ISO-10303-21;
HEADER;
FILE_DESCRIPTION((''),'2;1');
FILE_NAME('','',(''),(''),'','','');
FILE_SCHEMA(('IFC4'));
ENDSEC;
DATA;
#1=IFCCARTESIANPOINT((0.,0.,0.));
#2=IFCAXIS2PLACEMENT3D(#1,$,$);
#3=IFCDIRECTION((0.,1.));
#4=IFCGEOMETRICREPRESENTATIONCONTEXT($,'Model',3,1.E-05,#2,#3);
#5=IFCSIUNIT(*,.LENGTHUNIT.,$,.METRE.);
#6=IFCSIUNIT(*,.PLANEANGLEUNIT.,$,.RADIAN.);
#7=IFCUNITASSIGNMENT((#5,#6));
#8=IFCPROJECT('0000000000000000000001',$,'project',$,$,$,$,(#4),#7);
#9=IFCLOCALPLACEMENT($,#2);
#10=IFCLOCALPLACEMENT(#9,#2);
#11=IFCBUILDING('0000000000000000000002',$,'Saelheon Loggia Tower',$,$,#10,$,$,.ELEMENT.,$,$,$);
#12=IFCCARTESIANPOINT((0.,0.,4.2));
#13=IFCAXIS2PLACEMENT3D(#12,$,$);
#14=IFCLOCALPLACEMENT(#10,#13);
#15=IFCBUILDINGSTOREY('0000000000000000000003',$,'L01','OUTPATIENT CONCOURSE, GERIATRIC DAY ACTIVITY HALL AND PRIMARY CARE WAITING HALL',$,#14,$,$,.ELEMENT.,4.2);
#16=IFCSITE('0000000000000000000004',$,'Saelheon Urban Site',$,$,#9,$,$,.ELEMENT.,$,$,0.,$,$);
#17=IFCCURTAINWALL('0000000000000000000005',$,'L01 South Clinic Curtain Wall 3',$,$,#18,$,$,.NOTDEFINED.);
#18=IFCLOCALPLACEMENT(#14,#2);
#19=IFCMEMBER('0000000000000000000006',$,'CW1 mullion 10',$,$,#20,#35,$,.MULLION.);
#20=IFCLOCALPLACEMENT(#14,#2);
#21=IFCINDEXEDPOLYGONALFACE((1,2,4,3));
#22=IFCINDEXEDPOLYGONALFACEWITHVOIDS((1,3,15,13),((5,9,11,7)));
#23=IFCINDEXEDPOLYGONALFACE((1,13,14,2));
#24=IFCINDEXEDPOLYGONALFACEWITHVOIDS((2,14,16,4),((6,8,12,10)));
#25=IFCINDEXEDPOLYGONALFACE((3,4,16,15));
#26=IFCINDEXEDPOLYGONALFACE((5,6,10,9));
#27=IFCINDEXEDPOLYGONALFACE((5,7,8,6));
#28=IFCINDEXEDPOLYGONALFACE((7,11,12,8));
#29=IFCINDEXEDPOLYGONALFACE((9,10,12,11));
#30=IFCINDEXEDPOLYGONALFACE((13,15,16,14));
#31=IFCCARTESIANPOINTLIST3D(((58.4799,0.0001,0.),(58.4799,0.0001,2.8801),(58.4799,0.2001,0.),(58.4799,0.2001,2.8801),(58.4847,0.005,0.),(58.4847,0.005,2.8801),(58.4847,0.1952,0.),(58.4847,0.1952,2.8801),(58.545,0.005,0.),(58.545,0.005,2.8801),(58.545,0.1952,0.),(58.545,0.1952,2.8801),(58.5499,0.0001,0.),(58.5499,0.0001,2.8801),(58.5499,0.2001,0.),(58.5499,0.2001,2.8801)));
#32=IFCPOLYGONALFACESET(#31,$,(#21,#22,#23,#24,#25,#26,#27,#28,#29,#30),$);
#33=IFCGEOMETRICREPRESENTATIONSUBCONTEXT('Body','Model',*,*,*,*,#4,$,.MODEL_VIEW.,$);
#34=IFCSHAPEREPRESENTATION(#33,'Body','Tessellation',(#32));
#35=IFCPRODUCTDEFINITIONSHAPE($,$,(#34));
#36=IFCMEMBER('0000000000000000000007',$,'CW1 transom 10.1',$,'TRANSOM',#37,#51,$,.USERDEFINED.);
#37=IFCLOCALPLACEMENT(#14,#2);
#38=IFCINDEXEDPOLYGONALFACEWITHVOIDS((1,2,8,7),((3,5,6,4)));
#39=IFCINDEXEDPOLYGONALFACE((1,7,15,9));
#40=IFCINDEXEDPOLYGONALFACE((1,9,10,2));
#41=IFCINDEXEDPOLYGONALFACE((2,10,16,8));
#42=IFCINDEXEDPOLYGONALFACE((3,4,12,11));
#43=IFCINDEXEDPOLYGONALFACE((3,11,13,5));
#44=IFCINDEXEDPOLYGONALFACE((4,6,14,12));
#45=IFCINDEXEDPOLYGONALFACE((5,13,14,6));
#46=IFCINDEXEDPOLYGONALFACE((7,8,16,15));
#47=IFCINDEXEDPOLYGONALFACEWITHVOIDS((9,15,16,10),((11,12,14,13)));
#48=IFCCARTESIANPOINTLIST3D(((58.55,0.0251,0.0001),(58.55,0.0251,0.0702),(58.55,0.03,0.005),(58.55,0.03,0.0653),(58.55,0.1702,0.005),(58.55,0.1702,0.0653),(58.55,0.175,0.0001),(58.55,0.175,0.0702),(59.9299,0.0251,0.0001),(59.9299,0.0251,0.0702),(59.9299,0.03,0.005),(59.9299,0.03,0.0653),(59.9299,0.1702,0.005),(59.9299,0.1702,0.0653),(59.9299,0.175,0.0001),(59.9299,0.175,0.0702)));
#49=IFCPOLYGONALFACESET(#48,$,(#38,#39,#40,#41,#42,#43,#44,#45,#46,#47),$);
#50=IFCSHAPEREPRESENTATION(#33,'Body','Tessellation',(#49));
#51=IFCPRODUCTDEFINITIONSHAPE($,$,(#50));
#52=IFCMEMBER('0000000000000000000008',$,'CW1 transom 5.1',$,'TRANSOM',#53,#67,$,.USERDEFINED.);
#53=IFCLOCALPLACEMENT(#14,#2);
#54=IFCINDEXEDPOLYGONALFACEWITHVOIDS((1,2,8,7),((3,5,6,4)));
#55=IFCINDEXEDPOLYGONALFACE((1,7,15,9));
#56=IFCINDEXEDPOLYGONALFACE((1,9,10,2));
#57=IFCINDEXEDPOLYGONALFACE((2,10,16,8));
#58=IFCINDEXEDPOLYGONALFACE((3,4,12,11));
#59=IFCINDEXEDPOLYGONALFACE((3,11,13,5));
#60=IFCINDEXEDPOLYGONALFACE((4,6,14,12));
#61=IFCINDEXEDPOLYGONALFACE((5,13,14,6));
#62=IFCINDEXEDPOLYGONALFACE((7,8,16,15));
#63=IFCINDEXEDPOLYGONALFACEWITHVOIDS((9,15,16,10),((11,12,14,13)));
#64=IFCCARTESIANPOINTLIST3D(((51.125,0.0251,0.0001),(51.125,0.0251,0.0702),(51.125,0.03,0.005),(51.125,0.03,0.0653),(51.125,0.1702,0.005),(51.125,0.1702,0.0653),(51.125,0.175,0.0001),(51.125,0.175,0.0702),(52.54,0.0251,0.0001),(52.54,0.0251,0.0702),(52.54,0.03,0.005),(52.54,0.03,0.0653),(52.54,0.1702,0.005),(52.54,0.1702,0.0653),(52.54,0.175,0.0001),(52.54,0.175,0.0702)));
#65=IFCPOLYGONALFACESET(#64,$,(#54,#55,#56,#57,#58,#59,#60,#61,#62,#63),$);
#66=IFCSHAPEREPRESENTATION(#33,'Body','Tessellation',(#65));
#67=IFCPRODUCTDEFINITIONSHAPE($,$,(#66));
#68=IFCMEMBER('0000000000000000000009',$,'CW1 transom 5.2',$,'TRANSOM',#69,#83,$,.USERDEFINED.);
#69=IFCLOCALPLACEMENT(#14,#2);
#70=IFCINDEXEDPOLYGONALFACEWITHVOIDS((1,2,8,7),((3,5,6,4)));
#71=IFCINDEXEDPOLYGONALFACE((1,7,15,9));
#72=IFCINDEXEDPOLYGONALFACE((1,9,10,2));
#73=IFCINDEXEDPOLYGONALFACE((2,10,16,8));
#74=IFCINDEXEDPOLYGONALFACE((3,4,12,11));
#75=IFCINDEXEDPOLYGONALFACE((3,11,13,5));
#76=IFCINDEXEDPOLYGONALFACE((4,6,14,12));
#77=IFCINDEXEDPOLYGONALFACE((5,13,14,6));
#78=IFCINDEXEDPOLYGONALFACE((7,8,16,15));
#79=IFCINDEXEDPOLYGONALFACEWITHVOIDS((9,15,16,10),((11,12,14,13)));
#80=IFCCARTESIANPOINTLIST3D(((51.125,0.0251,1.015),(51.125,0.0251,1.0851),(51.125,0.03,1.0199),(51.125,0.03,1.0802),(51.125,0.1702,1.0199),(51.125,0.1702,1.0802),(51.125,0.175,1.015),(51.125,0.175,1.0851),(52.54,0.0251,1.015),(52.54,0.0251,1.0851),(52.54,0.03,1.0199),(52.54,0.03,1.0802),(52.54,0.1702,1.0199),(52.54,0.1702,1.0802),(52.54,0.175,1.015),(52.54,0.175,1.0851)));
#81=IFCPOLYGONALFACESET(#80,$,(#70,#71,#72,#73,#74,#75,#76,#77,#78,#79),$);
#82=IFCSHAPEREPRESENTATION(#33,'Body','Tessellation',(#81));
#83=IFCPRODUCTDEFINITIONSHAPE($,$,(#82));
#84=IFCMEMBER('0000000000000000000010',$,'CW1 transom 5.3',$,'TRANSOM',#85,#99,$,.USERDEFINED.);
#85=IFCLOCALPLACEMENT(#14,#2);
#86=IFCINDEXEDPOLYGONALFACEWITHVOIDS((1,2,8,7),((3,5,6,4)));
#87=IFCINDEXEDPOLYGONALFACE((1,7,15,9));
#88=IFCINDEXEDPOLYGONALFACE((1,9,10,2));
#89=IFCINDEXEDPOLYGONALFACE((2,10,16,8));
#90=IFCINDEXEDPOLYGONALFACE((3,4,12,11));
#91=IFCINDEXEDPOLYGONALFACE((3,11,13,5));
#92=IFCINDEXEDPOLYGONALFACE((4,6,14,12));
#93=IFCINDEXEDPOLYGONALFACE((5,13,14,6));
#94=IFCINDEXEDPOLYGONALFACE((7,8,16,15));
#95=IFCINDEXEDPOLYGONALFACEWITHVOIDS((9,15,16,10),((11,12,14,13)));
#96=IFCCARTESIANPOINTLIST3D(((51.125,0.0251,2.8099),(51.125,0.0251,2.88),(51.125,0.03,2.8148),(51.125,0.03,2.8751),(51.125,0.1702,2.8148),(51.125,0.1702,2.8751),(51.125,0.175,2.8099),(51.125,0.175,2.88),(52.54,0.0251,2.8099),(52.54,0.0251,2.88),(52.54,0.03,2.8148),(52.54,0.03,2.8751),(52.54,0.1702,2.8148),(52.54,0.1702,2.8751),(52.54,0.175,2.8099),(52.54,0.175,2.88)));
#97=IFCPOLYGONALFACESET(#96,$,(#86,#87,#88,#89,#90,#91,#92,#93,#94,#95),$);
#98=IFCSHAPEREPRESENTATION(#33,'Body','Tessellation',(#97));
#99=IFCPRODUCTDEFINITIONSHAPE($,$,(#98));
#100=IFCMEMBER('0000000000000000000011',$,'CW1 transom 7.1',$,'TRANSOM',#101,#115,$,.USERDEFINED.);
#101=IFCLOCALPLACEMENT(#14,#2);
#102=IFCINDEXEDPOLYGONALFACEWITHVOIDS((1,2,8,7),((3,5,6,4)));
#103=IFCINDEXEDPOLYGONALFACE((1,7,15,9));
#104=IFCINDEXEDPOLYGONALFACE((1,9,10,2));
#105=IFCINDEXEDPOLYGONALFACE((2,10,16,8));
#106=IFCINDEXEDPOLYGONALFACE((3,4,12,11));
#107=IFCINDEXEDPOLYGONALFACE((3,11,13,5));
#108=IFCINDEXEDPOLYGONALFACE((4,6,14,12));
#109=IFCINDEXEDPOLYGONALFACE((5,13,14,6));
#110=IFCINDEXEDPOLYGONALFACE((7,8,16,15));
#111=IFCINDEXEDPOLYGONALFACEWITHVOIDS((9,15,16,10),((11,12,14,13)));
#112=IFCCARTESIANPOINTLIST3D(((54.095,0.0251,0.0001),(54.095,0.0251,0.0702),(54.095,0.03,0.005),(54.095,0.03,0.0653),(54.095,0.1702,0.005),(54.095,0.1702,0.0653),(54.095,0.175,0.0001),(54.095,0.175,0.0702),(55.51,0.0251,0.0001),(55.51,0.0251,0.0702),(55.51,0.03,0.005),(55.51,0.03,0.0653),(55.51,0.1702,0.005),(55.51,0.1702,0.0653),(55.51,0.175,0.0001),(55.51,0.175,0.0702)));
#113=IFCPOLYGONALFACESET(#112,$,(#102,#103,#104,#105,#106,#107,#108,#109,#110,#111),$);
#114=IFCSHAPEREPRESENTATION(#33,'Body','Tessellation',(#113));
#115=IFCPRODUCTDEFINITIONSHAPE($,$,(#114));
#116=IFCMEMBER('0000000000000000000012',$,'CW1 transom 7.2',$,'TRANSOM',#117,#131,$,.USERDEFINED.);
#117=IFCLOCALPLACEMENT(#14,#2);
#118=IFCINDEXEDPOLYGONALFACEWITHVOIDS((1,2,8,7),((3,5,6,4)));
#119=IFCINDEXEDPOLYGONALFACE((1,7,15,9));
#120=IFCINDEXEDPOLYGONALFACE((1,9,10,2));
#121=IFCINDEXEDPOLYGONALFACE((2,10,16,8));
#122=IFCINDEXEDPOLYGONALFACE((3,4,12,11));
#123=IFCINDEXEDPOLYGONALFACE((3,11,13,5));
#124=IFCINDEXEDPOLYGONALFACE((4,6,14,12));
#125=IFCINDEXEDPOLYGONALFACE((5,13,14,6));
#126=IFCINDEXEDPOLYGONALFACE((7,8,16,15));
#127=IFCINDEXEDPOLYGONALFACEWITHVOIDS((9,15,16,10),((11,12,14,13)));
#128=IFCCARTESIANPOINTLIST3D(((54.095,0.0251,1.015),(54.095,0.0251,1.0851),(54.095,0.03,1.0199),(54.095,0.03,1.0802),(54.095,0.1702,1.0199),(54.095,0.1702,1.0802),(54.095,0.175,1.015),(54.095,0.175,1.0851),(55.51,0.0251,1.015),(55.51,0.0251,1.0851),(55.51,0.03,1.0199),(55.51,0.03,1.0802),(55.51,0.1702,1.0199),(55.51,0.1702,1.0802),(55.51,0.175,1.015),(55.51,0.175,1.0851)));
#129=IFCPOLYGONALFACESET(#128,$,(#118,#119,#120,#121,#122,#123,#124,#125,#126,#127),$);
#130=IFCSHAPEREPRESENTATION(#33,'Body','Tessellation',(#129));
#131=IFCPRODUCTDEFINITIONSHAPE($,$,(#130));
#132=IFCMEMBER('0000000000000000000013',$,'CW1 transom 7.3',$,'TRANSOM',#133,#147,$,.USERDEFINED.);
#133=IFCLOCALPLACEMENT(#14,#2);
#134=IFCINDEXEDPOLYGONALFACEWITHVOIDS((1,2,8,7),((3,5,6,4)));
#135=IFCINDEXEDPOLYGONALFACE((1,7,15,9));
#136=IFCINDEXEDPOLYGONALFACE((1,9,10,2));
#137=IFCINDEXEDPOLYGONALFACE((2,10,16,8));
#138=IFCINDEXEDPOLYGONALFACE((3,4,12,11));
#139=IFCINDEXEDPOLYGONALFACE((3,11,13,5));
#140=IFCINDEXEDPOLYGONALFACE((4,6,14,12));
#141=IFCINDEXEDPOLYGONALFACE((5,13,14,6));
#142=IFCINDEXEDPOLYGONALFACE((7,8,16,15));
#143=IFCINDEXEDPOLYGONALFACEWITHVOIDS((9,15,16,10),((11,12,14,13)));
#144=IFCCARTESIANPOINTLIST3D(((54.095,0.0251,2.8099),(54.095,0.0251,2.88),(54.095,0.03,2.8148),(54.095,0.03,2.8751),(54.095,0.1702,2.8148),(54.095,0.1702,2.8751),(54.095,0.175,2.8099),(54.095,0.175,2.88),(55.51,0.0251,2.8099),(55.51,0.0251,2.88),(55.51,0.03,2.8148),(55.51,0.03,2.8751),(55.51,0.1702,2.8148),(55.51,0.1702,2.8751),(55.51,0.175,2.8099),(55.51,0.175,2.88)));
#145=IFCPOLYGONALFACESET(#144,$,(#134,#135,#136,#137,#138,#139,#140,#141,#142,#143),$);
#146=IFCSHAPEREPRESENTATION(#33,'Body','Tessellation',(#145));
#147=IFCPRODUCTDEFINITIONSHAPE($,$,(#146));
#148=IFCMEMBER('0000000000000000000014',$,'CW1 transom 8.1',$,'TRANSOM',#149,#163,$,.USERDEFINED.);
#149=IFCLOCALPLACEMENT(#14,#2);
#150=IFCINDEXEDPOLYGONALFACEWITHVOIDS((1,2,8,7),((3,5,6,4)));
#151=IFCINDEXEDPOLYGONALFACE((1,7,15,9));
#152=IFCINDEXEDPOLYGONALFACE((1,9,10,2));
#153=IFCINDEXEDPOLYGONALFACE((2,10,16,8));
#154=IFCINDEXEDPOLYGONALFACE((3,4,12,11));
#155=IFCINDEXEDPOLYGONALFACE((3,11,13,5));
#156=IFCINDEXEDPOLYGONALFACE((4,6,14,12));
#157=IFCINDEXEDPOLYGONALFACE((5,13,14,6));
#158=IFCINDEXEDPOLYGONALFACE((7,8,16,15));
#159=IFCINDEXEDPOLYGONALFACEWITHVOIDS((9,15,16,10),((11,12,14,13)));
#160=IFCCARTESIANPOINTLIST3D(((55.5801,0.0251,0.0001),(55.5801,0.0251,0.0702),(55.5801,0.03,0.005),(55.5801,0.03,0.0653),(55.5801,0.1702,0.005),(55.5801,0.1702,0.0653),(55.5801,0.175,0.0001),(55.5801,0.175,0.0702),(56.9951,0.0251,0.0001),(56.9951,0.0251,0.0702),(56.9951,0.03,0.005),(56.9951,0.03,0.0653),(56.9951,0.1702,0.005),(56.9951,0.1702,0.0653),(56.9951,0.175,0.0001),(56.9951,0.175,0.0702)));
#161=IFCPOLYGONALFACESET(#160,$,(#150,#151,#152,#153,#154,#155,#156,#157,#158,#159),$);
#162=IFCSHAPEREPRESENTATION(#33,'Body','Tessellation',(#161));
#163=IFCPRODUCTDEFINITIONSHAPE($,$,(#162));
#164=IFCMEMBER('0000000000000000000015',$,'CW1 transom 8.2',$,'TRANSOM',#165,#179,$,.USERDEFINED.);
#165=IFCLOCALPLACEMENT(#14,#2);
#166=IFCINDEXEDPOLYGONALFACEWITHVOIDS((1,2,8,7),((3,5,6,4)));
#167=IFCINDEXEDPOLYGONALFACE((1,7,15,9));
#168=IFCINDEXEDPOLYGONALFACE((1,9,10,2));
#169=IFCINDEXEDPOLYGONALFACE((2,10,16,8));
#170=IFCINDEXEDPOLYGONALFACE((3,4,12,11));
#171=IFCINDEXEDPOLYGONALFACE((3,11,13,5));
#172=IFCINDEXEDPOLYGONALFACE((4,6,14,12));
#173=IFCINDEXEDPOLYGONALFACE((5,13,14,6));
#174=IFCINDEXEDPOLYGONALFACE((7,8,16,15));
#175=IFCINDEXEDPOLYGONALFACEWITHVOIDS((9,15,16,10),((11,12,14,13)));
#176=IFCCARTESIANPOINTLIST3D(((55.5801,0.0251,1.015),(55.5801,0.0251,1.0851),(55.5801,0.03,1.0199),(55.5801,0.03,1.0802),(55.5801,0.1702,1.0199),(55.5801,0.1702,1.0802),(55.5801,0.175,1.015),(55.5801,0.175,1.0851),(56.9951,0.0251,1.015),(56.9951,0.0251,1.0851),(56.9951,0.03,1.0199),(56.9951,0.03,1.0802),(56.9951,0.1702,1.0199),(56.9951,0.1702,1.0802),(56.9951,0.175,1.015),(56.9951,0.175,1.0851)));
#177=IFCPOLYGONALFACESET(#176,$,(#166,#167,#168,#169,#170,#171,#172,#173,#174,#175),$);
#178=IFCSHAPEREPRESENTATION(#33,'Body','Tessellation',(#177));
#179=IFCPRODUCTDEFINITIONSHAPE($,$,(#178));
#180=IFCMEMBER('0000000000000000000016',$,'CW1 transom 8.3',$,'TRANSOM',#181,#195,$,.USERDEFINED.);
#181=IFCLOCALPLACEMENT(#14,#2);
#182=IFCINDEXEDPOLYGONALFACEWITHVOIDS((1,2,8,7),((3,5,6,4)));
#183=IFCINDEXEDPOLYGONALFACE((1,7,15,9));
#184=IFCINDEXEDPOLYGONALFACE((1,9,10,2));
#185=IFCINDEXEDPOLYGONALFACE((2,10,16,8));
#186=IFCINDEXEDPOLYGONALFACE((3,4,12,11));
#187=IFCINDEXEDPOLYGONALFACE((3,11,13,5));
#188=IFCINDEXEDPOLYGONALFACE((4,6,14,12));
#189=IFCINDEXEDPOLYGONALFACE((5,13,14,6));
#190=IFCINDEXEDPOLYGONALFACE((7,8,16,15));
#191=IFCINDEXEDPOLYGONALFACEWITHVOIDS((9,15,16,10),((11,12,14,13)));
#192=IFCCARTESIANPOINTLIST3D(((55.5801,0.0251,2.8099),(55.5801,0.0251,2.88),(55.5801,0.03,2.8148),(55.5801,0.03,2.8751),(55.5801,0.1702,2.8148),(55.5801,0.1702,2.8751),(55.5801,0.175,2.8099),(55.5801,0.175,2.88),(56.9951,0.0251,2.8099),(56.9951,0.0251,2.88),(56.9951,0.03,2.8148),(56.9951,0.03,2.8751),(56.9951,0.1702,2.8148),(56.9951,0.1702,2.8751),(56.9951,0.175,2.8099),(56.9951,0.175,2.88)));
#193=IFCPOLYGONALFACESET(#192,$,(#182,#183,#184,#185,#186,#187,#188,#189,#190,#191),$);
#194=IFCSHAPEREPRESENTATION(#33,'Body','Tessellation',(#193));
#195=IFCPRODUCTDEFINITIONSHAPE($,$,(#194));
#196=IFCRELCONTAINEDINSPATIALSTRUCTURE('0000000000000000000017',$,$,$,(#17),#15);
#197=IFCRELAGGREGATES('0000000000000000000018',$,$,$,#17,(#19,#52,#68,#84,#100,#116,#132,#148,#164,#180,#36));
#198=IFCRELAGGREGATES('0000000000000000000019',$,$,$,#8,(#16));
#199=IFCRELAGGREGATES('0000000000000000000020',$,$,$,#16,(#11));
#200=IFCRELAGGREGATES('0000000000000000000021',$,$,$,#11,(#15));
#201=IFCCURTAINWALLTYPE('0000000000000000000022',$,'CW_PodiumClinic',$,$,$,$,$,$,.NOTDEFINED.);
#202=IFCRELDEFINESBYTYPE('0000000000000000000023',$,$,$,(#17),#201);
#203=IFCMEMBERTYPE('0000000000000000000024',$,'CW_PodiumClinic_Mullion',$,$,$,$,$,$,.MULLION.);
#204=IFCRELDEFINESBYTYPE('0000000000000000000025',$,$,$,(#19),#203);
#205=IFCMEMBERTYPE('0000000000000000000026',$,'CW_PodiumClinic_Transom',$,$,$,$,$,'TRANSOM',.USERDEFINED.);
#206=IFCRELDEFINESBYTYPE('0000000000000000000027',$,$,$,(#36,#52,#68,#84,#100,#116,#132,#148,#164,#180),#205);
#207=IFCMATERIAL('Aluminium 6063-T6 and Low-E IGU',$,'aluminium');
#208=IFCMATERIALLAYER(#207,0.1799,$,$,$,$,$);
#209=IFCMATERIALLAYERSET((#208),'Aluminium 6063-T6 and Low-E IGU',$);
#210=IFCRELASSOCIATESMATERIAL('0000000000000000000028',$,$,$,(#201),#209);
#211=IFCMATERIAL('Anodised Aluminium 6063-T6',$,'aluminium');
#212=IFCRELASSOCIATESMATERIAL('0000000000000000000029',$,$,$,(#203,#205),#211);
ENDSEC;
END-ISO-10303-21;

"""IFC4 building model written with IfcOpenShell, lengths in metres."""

from ifc_helpers import new_model, si_unit, direction, frame, origin, origin_2d, place, context, subcontext, project, spatial, hollow_rectangle, extrude, source, transform, mapped, material, layer, layer_set, material_profile, profile_set, type_object, element, aggregate, save


model = new_model("IFC4")

# Units and contexts
model_context = context("Model", 3, precision=1e-05, world=origin(), true_north=direction((0.0, 1.0)))
body_context = subcontext(model_context, "Body", "Model", "MODEL_VIEW")
ifc_project = project(units=[si_unit("LENGTHUNIT", "METRE"), si_unit("PLANEANGLEUNIT", "RADIAN")], contexts=[model_context])

# Site, building, storey
site_placement = place(None, origin())
site = spatial("IfcSite", under=ifc_project, at=site_placement, Name="Saelheon Urban Site", CompositionType="ELEMENT", RefElevation=0.0)
building_placement = place(site_placement, origin())
building = spatial("IfcBuilding", under=site, at=building_placement, Name="Saelheon Loggia Tower", CompositionType="ELEMENT")
storey_placement = place(building_placement, frame((0.0, 0.0, 4.2)))
storey = spatial("IfcBuildingStorey", under=building, at=storey_placement, Name="L01", Description="OUTPATIENT CONCOURSE, GERIATRIC DAY ACTIVITY HALL AND PRIMARY CARE WAITING HALL", CompositionType="ELEMENT", Elevation=4.2)

# Curtain wall, members
ifc_material_1 = material(Name="Aluminium 6063-T6 and Low-E IGU", Category="aluminium")
ifc_layer_1 = layer(ifc_material_1, 0.1799)
ifc_layer_set_1 = layer_set([ifc_layer_1], Name="Aluminium 6063-T6 and Low-E IGU")
curtain_wall_type = type_object("IfcCurtainWallType", Name="CW_PodiumClinic", PredefinedType="NOTDEFINED", material=ifc_layer_set_1)
curtain_wall_placement = place(storey_placement, origin())
curtain_wall = element("IfcCurtainWall", 1, at=curtain_wall_placement, inside=storey, type_object=curtain_wall_type, Name="L01 South Clinic Curtain Wall 3", PredefinedType="NOTDEFINED")
ifc_material_2 = material(Name="Anodised Aluminium 6063-T6", Category="aluminium")
ifc_material_profile_1 = material_profile(ifc_material_2, hollow_rectangle(XDim=0.0701, YDim=0.2, WallThickness=0.0049, at=origin_2d()), Name="RHS-200x70x5")
ifc_profile_set_1 = profile_set([ifc_material_profile_1], Name="Anodised Aluminium 6063-T6")
member_type_1 = type_object("IfcMemberType", Name="CW_PodiumClinic_Mullion", PredefinedType="MULLION", material=ifc_profile_set_1)
shared_shape_1 = source(origin(), body_context, "Body", "SweptSolid", [
    extrude(hollow_rectangle(XDim=0.0701, YDim=0.2, WallThickness=0.0049, at=origin_2d()), origin(), (0.0, 0.0, 1.0), 2.8801),
])
member_1_placement = place(storey_placement, frame((58.5149, 0.1001, 0.0), z_axis=(0.0, 0.0, 1.0), x_axis=(1.0, 0.0, 0.0)))
member_1 = element("IfcMember", 2, at=member_1_placement, type_object=member_type_1, Name="CW1 mullion 10", PredefinedType="MULLION", context=body_context, shape_type="MappedRepresentation", body=[
    mapped(shared_shape_1, transform((0.0, 0.0, 0.0), scale=1.0)),
])
ifc_material_profile_2 = material_profile(ifc_material_2, hollow_rectangle(XDim=0.0701, YDim=0.1499, WallThickness=0.0049, at=origin_2d()), Name="RHS-150x70x5")
ifc_profile_set_2 = profile_set([ifc_material_profile_2], Name="Anodised Aluminium 6063-T6")
member_type_2 = type_object("IfcMemberType", Name="CW_PodiumClinic_Transom", ElementType="TRANSOM", PredefinedType="USERDEFINED", material=ifc_profile_set_2)
shared_shape_2 = source(origin(), body_context, "Body", "SweptSolid", [
    extrude(hollow_rectangle(XDim=0.0701, YDim=0.1499, WallThickness=0.0049, at=origin_2d()), origin(), (0.0, 0.0, 1.0), 1.3799),
])
member_2_placement = place(storey_placement, frame((58.55, 0.1001, 0.0352), z_axis=(1.0, 0.0, 0.0), x_axis=(0.0, 0.0, 1.0)))
member_2 = element("IfcMember", 3, at=member_2_placement, type_object=member_type_2, Name="CW1 transom 10.1", ObjectType="TRANSOM", PredefinedType="USERDEFINED", context=body_context, shape_type="MappedRepresentation", body=[
    mapped(shared_shape_2, transform((0.0, 0.0, 0.0), scale=1.0)),
])
shared_shape_3 = source(origin(), body_context, "Body", "SweptSolid", [
    extrude(hollow_rectangle(XDim=0.0701, YDim=0.1499, WallThickness=0.0049, at=origin_2d()), origin(), (0.0, 0.0, 1.0), 1.415),
])
member_3_placement = place(storey_placement, frame((51.125, 0.1001, 0.0352), z_axis=(1.0, 0.0, 0.0), x_axis=(0.0, 0.0, 1.0)))
member_3 = element("IfcMember", 4, at=member_3_placement, type_object=member_type_2, Name="CW1 transom 5.1", ObjectType="TRANSOM", PredefinedType="USERDEFINED", context=body_context, shape_type="MappedRepresentation", body=[
    mapped(shared_shape_3, transform((0.0, 0.0, 0.0), scale=1.0)),
])
member_4_placement = place(storey_placement, frame((51.125, 0.1001, 1.05), z_axis=(1.0, 0.0, 0.0), x_axis=(0.0, 0.0, 1.0)))
member_4 = element("IfcMember", 5, at=member_4_placement, type_object=member_type_2, Name="CW1 transom 5.2", ObjectType="TRANSOM", PredefinedType="USERDEFINED", context=body_context, shape_type="MappedRepresentation", body=[
    mapped(shared_shape_3, transform((0.0, 0.0, 0.0), scale=1.0)),
])
member_5_placement = place(storey_placement, frame((51.125, 0.1001, 2.845), z_axis=(1.0, 0.0, 0.0), x_axis=(0.0, 0.0, 1.0)))
member_5 = element("IfcMember", 6, at=member_5_placement, type_object=member_type_2, Name="CW1 transom 5.3", ObjectType="TRANSOM", PredefinedType="USERDEFINED", context=body_context, shape_type="MappedRepresentation", body=[
    mapped(shared_shape_3, transform((0.0, 0.0, 0.0), scale=1.0)),
])
member_6_placement = place(storey_placement, frame((54.095, 0.1001, 0.0352), z_axis=(1.0, 0.0, 0.0), x_axis=(0.0, 0.0, 1.0)))
member_6 = element("IfcMember", 7, at=member_6_placement, type_object=member_type_2, Name="CW1 transom 7.1", ObjectType="TRANSOM", PredefinedType="USERDEFINED", context=body_context, shape_type="MappedRepresentation", body=[
    mapped(shared_shape_3, transform((0.0, 0.0, 0.0), scale=1.0)),
])
member_7_placement = place(storey_placement, frame((54.095, 0.1001, 1.05), z_axis=(1.0, 0.0, 0.0), x_axis=(0.0, 0.0, 1.0)))
member_7 = element("IfcMember", 8, at=member_7_placement, type_object=member_type_2, Name="CW1 transom 7.2", ObjectType="TRANSOM", PredefinedType="USERDEFINED", context=body_context, shape_type="MappedRepresentation", body=[
    mapped(shared_shape_3, transform((0.0, 0.0, 0.0), scale=1.0)),
])
member_8_placement = place(storey_placement, frame((54.095, 0.1001, 2.845), z_axis=(1.0, 0.0, 0.0), x_axis=(0.0, 0.0, 1.0)))
member_8 = element("IfcMember", 9, at=member_8_placement, type_object=member_type_2, Name="CW1 transom 7.3", ObjectType="TRANSOM", PredefinedType="USERDEFINED", context=body_context, shape_type="MappedRepresentation", body=[
    mapped(shared_shape_3, transform((0.0, 0.0, 0.0), scale=1.0)),
])
member_9_placement = place(storey_placement, frame((55.5801, 0.1001, 0.0352), z_axis=(1.0, 0.0, 0.0), x_axis=(0.0, 0.0, 1.0)))
member_9 = element("IfcMember", 10, at=member_9_placement, type_object=member_type_2, Name="CW1 transom 8.1", ObjectType="TRANSOM", PredefinedType="USERDEFINED", context=body_context, shape_type="MappedRepresentation", body=[
    mapped(shared_shape_3, transform((0.0, 0.0, 0.0), scale=1.0)),
])
member_10_placement = place(storey_placement, frame((55.5801, 0.1001, 1.05), z_axis=(1.0, 0.0, 0.0), x_axis=(0.0, 0.0, 1.0)))
member_10 = element("IfcMember", 11, at=member_10_placement, type_object=member_type_2, Name="CW1 transom 8.2", ObjectType="TRANSOM", PredefinedType="USERDEFINED", context=body_context, shape_type="MappedRepresentation", body=[
    mapped(shared_shape_3, transform((0.0, 0.0, 0.0), scale=1.0)),
])
member_11_placement = place(storey_placement, frame((55.5801, 0.1001, 2.845), z_axis=(1.0, 0.0, 0.0), x_axis=(0.0, 0.0, 1.0)))
member_11 = element("IfcMember", 12, at=member_11_placement, type_object=member_type_2, Name="CW1 transom 8.3", ObjectType="TRANSOM", PredefinedType="USERDEFINED", context=body_context, shape_type="MappedRepresentation", body=[
    mapped(shared_shape_3, transform((0.0, 0.0, 0.0), scale=1.0)),
])
aggregate(curtain_wall, [member_1, member_3, member_4, member_5, member_6, member_7, member_8, member_9, member_10, member_11, member_2])

save(model, "model.ifc")
